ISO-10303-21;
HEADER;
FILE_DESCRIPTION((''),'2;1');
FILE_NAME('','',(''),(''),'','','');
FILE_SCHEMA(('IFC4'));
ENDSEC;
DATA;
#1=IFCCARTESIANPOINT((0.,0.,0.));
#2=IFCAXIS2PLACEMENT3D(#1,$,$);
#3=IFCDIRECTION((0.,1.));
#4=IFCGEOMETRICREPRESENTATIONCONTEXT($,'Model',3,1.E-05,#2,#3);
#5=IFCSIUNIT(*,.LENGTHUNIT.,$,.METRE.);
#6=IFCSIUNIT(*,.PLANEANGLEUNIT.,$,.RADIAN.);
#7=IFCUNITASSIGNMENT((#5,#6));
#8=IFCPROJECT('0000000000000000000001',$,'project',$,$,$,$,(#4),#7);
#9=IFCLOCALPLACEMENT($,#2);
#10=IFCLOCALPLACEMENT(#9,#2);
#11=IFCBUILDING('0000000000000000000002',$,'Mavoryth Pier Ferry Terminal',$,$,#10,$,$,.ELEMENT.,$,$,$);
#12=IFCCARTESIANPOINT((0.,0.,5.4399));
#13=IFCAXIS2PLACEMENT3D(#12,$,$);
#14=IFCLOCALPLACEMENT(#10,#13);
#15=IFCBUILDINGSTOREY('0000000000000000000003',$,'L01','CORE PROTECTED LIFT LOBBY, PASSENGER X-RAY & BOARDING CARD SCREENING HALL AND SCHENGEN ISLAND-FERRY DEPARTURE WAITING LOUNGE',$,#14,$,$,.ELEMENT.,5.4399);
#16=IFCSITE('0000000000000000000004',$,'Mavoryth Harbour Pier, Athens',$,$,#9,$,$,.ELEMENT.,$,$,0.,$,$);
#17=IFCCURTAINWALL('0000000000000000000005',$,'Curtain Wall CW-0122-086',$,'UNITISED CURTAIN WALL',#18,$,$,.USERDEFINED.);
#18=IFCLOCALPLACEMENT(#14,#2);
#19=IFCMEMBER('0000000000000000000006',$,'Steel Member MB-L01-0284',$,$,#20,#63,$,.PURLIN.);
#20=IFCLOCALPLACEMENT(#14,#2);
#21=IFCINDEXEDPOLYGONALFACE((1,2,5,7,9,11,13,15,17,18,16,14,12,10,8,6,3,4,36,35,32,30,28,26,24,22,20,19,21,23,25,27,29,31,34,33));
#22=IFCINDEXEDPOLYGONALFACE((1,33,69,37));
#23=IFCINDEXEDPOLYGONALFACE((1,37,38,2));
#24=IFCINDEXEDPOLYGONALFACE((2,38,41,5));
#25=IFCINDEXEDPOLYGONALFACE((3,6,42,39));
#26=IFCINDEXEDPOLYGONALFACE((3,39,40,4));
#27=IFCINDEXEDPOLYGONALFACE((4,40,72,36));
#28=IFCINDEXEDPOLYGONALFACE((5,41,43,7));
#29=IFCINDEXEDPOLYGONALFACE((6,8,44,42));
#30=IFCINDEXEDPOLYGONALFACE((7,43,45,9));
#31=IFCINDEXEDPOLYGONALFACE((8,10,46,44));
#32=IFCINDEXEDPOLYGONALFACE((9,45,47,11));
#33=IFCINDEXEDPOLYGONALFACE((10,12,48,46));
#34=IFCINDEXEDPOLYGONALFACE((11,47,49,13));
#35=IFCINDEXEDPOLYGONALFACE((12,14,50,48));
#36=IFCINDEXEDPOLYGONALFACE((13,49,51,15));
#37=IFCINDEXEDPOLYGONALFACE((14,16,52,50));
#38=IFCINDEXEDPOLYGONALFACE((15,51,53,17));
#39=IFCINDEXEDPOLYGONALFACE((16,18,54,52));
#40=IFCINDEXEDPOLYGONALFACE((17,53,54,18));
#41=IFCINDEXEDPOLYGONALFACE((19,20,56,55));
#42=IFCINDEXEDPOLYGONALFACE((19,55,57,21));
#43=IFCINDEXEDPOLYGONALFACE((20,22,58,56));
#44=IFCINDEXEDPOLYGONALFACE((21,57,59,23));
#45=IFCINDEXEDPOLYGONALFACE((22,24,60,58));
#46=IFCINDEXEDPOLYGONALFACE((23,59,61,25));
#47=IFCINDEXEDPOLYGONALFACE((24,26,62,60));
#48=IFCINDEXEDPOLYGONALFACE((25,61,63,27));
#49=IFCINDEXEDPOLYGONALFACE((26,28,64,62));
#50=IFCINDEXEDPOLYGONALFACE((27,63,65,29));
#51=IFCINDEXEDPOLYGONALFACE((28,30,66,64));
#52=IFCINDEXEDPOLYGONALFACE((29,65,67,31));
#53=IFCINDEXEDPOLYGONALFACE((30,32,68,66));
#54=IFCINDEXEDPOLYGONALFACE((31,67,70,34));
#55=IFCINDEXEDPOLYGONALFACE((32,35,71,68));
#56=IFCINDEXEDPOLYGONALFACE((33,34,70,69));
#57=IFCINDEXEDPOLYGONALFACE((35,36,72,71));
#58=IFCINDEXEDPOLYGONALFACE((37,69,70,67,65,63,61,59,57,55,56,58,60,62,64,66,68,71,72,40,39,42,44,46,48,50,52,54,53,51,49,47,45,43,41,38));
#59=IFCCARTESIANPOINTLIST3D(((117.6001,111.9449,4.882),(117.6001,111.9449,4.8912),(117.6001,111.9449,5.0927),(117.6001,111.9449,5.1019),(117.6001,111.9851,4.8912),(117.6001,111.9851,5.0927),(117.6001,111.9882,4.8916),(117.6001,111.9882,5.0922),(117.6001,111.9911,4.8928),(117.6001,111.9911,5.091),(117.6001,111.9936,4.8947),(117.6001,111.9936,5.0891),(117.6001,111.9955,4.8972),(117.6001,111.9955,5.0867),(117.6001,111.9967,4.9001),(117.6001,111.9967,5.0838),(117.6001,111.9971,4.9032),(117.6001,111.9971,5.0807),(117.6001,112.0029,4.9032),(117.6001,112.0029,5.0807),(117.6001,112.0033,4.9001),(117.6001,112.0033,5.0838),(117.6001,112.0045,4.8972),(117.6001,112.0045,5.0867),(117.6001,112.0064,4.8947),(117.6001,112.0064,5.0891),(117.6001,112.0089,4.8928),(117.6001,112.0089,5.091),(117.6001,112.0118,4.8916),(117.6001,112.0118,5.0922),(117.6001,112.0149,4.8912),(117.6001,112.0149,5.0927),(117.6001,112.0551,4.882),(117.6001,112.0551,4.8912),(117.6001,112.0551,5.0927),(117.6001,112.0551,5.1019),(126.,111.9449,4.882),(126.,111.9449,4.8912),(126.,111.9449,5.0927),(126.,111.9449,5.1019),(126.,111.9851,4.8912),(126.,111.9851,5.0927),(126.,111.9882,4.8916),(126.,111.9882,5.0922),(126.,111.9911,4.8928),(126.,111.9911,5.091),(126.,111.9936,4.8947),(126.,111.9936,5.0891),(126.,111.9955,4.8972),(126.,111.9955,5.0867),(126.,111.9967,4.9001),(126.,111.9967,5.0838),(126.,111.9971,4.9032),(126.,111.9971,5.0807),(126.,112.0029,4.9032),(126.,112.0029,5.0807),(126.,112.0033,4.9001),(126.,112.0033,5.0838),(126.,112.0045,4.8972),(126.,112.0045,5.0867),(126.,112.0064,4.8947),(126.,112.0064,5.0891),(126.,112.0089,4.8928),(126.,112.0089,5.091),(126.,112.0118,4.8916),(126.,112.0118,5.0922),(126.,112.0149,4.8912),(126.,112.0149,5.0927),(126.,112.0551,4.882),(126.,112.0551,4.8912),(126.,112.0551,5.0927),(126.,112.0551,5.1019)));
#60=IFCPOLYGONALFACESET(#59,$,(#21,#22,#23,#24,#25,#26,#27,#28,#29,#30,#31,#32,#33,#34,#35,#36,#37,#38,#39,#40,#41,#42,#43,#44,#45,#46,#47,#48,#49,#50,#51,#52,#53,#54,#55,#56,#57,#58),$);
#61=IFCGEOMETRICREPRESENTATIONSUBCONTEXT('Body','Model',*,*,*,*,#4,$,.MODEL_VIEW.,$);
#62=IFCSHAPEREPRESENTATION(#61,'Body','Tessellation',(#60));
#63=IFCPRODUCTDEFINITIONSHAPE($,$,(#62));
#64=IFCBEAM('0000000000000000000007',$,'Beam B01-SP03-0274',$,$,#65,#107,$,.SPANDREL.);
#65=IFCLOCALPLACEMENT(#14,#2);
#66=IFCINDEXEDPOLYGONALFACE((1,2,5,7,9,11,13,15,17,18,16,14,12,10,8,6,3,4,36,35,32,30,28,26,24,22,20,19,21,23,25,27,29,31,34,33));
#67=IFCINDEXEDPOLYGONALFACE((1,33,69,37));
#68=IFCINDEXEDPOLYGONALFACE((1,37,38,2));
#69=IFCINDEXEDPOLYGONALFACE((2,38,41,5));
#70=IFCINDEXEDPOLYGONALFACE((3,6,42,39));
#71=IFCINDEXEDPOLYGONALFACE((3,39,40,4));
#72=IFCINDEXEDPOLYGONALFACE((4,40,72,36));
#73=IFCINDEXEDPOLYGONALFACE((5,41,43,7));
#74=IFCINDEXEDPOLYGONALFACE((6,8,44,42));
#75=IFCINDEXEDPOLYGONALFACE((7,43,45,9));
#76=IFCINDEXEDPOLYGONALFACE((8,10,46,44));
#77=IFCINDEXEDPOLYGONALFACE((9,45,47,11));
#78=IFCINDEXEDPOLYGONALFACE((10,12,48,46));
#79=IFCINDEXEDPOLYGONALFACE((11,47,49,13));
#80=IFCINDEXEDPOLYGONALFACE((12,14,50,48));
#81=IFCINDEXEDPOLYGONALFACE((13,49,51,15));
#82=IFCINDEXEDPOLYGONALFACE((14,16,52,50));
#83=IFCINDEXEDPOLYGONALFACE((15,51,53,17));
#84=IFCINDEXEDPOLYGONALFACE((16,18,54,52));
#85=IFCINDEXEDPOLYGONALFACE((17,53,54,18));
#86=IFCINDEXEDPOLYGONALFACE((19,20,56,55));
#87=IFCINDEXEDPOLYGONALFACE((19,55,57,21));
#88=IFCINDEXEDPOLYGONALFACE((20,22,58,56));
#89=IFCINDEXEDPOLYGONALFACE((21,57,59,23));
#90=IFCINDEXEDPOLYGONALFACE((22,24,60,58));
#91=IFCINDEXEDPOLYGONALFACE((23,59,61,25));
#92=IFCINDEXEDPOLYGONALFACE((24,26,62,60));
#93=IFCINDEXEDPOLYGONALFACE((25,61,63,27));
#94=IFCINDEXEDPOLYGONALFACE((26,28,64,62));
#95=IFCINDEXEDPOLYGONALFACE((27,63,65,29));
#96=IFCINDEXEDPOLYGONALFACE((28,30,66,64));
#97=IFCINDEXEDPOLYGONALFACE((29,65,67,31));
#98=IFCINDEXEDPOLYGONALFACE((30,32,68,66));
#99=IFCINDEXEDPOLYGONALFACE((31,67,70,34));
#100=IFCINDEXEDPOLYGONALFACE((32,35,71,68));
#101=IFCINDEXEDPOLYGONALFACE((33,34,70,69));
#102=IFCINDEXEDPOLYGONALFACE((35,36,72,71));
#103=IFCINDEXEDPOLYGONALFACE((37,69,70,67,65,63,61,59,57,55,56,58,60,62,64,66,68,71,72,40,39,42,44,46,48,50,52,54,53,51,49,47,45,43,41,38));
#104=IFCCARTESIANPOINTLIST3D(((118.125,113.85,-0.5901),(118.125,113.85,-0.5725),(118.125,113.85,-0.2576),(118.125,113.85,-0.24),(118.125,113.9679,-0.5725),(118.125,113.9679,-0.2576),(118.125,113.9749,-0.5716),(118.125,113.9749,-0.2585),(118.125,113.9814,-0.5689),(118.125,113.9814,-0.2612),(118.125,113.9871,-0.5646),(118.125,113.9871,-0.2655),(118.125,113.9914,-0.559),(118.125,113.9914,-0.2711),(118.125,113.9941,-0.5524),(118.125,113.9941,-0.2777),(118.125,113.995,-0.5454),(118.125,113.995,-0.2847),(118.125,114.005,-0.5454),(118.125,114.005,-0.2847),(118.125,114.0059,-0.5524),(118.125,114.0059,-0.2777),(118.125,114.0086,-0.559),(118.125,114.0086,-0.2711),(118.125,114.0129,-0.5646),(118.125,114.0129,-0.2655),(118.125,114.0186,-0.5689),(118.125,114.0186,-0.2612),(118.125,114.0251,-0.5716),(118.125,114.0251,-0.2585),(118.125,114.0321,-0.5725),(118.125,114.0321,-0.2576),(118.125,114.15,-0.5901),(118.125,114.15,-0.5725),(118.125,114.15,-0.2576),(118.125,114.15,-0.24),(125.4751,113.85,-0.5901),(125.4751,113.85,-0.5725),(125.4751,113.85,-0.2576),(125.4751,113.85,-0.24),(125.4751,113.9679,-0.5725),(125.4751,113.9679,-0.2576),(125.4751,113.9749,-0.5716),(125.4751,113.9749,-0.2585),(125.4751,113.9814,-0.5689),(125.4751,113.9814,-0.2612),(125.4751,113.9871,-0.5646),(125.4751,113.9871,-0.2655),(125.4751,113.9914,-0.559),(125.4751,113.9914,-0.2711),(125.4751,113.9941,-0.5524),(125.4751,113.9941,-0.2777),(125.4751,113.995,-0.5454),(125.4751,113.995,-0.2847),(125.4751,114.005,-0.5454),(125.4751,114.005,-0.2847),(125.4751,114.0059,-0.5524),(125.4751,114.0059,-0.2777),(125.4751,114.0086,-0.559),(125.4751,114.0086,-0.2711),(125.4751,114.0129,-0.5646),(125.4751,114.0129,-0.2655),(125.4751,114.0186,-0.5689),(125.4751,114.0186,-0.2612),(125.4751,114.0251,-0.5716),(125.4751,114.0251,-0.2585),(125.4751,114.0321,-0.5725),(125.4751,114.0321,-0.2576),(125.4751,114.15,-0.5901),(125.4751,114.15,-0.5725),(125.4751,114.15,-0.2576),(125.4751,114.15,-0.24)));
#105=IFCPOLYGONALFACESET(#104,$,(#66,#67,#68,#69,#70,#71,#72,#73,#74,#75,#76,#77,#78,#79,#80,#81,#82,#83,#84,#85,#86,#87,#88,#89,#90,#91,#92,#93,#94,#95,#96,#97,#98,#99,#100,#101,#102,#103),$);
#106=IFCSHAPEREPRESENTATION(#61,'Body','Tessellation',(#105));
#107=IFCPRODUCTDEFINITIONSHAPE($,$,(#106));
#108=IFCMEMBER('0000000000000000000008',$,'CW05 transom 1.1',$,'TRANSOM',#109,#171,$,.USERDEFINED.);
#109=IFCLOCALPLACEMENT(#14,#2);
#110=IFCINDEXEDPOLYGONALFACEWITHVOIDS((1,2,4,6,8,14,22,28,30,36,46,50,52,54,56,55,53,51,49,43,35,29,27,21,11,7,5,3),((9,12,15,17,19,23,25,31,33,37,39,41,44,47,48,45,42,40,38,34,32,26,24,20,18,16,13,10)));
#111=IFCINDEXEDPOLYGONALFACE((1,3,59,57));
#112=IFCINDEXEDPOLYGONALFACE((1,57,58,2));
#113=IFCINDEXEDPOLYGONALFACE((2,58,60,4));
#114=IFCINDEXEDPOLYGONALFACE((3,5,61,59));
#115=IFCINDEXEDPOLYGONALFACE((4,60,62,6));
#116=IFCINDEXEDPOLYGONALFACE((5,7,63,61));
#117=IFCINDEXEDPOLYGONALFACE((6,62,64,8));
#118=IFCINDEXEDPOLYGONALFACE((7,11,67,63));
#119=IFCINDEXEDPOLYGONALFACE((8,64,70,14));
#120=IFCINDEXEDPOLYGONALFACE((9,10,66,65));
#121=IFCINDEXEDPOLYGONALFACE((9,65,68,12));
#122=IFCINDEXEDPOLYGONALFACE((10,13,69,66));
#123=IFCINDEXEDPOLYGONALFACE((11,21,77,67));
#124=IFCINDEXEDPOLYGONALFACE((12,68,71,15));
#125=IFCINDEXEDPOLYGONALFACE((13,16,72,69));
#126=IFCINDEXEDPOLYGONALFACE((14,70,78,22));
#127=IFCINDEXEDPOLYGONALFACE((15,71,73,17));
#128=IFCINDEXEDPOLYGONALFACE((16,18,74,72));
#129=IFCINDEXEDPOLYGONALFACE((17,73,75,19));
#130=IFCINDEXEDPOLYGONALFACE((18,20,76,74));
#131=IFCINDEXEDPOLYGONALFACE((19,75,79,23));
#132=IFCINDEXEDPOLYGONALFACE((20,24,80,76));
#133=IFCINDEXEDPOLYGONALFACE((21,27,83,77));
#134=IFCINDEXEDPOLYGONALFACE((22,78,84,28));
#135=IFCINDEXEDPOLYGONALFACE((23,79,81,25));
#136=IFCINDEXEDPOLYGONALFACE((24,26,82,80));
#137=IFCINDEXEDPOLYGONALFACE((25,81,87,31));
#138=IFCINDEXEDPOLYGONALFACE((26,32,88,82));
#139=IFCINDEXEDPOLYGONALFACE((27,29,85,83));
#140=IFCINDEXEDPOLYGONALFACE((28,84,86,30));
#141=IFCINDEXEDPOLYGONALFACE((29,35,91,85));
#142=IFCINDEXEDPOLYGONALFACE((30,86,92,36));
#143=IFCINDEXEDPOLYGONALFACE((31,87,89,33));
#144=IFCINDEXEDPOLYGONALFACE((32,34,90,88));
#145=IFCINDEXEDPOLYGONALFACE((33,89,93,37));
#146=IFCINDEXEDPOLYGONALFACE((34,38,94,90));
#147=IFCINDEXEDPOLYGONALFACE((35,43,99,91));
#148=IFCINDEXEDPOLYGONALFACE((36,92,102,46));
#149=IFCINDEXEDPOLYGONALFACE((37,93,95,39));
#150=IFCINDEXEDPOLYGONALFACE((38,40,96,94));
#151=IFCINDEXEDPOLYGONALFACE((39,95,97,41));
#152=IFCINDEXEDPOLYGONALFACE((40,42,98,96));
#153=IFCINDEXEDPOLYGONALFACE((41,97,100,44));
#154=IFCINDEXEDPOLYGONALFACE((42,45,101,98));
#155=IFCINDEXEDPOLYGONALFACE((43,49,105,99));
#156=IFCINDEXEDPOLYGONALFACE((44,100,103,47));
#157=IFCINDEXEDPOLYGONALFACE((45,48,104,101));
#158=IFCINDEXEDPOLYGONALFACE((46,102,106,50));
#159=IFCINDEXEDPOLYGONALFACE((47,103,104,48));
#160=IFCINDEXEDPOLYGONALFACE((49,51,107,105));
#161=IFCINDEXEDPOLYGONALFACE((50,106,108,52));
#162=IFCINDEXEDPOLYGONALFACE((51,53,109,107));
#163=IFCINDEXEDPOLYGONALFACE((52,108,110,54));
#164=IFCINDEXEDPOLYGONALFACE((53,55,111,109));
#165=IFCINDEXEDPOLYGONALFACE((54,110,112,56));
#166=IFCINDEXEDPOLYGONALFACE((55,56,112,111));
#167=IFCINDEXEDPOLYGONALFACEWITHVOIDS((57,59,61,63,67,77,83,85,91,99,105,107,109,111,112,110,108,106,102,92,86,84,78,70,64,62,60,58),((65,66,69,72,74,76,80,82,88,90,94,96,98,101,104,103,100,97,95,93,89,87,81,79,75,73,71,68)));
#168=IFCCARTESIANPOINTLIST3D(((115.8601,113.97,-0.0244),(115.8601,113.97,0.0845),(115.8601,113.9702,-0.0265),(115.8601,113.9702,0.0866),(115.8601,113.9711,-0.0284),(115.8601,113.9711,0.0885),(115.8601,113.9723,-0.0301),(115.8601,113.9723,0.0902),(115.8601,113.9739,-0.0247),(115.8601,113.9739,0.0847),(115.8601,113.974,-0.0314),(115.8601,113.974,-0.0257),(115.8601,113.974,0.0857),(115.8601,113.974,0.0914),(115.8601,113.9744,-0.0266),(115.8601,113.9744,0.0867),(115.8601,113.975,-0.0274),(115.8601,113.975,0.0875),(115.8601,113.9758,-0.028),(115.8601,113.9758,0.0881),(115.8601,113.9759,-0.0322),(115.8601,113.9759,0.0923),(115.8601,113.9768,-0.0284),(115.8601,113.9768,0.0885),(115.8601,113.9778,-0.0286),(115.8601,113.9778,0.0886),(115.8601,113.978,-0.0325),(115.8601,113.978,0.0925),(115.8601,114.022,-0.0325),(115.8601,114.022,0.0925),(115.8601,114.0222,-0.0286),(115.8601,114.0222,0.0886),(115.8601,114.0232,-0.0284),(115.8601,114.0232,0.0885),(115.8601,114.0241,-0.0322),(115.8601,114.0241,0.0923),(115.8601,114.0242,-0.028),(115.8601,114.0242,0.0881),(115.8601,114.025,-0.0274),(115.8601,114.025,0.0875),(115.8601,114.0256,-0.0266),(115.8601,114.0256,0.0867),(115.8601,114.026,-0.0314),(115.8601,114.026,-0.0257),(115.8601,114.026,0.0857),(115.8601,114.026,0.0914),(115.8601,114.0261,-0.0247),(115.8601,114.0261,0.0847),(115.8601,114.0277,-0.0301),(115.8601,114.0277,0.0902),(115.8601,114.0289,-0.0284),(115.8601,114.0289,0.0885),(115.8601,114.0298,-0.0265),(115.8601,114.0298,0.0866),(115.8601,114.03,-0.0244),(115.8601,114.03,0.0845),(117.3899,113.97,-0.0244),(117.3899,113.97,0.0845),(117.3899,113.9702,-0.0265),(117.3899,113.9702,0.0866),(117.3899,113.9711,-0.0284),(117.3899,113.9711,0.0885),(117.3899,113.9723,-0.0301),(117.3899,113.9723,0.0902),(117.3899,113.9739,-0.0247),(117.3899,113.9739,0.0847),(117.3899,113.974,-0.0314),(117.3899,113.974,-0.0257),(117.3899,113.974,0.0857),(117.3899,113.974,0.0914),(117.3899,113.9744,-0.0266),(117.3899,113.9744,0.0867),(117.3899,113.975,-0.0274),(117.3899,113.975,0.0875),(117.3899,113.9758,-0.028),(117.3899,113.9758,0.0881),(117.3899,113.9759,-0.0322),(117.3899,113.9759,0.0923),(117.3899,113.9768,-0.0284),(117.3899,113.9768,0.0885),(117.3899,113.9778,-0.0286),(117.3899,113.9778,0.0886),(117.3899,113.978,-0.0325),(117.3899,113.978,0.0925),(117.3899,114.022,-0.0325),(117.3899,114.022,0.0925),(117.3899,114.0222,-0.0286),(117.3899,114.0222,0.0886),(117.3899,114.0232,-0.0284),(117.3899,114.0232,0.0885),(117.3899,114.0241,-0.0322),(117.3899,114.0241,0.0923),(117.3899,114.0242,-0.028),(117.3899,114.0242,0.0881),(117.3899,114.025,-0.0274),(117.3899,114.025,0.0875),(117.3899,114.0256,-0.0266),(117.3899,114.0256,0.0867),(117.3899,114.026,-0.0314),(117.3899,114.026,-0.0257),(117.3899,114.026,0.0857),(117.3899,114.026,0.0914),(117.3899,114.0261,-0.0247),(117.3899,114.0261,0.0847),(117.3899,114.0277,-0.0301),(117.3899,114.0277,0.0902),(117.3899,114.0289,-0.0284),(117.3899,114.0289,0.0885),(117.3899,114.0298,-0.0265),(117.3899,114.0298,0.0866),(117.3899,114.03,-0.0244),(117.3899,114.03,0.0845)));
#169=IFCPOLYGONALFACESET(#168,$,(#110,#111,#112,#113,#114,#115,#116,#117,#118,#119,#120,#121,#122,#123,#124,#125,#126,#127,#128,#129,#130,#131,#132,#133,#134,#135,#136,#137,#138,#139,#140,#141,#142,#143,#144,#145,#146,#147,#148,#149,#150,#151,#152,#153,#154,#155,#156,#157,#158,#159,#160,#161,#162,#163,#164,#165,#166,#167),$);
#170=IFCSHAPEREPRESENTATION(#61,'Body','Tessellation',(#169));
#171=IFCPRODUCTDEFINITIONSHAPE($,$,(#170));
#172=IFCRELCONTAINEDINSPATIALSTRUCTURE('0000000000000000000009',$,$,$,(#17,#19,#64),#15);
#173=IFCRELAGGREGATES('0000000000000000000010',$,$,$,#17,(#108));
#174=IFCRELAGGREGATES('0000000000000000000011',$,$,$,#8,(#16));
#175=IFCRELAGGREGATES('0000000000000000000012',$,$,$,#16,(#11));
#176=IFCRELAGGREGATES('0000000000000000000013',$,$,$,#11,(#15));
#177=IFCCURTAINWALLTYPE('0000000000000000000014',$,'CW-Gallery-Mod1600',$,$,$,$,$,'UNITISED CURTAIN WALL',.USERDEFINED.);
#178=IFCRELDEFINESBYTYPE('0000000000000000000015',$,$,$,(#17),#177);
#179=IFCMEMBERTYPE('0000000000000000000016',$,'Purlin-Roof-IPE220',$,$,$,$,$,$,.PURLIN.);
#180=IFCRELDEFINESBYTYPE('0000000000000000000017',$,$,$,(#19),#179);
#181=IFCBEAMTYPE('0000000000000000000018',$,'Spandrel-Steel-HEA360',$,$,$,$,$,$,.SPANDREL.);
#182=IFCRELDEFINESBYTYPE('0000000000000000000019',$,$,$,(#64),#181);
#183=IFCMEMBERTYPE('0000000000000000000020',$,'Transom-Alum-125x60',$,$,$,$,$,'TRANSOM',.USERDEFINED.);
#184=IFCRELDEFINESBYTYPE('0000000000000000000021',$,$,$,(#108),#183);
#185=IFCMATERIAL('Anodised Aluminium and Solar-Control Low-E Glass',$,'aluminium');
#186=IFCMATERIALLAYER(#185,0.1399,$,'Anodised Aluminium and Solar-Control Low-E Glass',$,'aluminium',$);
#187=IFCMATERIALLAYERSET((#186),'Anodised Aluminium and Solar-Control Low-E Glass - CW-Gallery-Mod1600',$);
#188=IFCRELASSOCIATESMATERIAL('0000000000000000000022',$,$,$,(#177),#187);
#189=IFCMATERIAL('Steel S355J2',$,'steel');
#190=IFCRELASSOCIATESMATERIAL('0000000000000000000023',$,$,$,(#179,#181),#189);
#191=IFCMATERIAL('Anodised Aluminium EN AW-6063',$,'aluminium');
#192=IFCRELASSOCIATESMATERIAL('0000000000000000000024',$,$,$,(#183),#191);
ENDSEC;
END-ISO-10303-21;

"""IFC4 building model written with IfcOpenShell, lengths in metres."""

from ifc_helpers import new_model, si_unit, direction, frame, origin, origin_2d, place, context, subcontext, project, spatial, hollow_rectangle, i_section, extrude, material, layer, layer_set, material_profile, profile_set, type_object, element, aggregate, save


model = new_model("IFC4")

# Units and contexts
model_context = context("Model", 3, precision=1e-05, world=origin(), true_north=direction((0.0, 1.0)))
body_context = subcontext(model_context, "Body", "Model", "MODEL_VIEW")
ifc_project = project(units=[si_unit("LENGTHUNIT", "METRE"), si_unit("PLANEANGLEUNIT", "RADIAN")], contexts=[model_context])

# Site, building, storey
site_placement = place(None, origin())
site = spatial("IfcSite", under=ifc_project, at=site_placement, Name="Mavoryth Harbour Pier, Athens", CompositionType="ELEMENT", RefElevation=0.0)
building_placement = place(site_placement, origin())
building = spatial("IfcBuilding", under=site, at=building_placement, Name="Mavoryth Pier Ferry Terminal", CompositionType="ELEMENT")
storey_placement = place(building_placement, frame((0.0, 0.0, 5.4399)))
storey = spatial("IfcBuildingStorey", under=building, at=storey_placement, Name="L01", Description="CORE PROTECTED LIFT LOBBY, PASSENGER X-RAY & BOARDING CARD SCREENING HALL AND SCHENGEN ISLAND-FERRY DEPARTURE WAITING LOUNGE", CompositionType="ELEMENT", Elevation=5.4399)

# Shared definitions
ifc_material_1 = material(Name="Steel S355J2", Category="steel")

# Curtain wall
ifc_material_2 = material(Name="Anodised Aluminium and Solar-Control Low-E Glass", Category="aluminium")
ifc_layer_1 = layer(ifc_material_2, 0.1399, Name="Anodised Aluminium and Solar-Control Low-E Glass", Category="aluminium")
ifc_layer_set_1 = layer_set([ifc_layer_1], Name="Anodised Aluminium and Solar-Control Low-E Glass - CW-Gallery-Mod1600")
curtain_wall_type = type_object("IfcCurtainWallType", Name="CW-Gallery-Mod1600", ElementType="UNITISED CURTAIN WALL", PredefinedType="USERDEFINED", material=ifc_layer_set_1)
curtain_wall_1_placement = place(storey_placement, origin())
curtain_wall_1 = element("IfcCurtainWall", 1, at=curtain_wall_1_placement, inside=storey, type_object=curtain_wall_type, Name="Curtain Wall CW-0122-086", ObjectType="UNITISED CURTAIN WALL", PredefinedType="USERDEFINED")
ifc_material_3 = material(Name="Anodised Aluminium EN AW-6063", Category="aluminium")

# Member
ifc_material_profile_1 = material_profile(ifc_material_1, i_section(OverallWidth=0.1101, OverallDepth=0.22, WebThickness=0.0059, FlangeThickness=0.0093, FilletRadius=0.012, at=origin_2d()), Name="IPE 220", Category="steel")
ifc_profile_set_1 = profile_set([ifc_material_profile_1], Name="Steel S355J2 - IPE 220")
member_type_1 = type_object("IfcMemberType", Name="Purlin-Roof-IPE220", PredefinedType="PURLIN", material=ifc_profile_set_1)
for number, where, z_axis, x_axis, name in (
    (2, (117.6001, 112.0, 4.9919), (1.0, 0.0, 0.0), (0.0, 1.0, 0.0), "Steel Member MB-L01-0284"),
):
    element("IfcMember", number, at=place(storey_placement, frame(where, z_axis=z_axis, x_axis=x_axis)), inside=storey, type_object=member_type_1, Name=name, PredefinedType="PURLIN", context=body_context, shape_type="SweptSolid", body=[
        extrude(i_section(OverallWidth=0.1101, OverallDepth=0.22, WebThickness=0.0059, FlangeThickness=0.0093, FilletRadius=0.012, at=origin_2d()), origin(), (0.0, 0.0, 1.0), 8.3999),
    ])

# Beam
ifc_material_profile_2 = material_profile(ifc_material_1, i_section(OverallWidth=0.3, OverallDepth=0.3501, WebThickness=0.01, FlangeThickness=0.0176, FilletRadius=0.0271, at=origin_2d()), Name="HEA 360", Category="steel")
ifc_profile_set_2 = profile_set([ifc_material_profile_2], Name="Steel S355J2 - HEA 360")
beam_type_1 = type_object("IfcBeamType", Name="Spandrel-Steel-HEA360", PredefinedType="SPANDREL", material=ifc_profile_set_2)
beam_1_placement = place(storey_placement, frame((118.125, 114.0, -0.415), z_axis=(1.0, 0.0, 0.0), x_axis=(0.0, 1.0, 0.0)))
element("IfcBeam", 3, at=beam_1_placement, inside=storey, type_object=beam_type_1, Name="Beam B01-SP03-0274", PredefinedType="SPANDREL", context=body_context, shape_type="SweptSolid", body=[
    extrude(i_section(OverallWidth=0.3, OverallDepth=0.3501, WebThickness=0.01, FlangeThickness=0.0176, FilletRadius=0.0271, at=origin_2d()), origin(), (0.0, 0.0, 1.0), 7.3501),
])

# Member
ifc_material_profile_3 = material_profile(ifc_material_3, hollow_rectangle(XDim=0.0601, YDim=0.125, WallThickness=0.0039, InnerFilletRadius=0.0039, OuterFilletRadius=0.0081, at=origin_2d()), Name="AL-TRAN 125x60x4", Category="aluminium")
ifc_profile_set_3 = profile_set([ifc_material_profile_3], Name="Anodised Aluminium EN AW-6063 - AL-TRAN 125x60x4")
member_type_2 = type_object("IfcMemberType", Name="Transom-Alum-125x60", ElementType="TRANSOM", PredefinedType="USERDEFINED", material=ifc_profile_set_3)
member_1_placement = place(storey_placement, frame((117.3899, 114.0, 0.03), z_axis=(-1.0, 0.0, 0.0), x_axis=(0.0, -1.0, 0.0)))
member_1 = element("IfcMember", 4, at=member_1_placement, type_object=member_type_2, Name="CW05 transom 1.1", ObjectType="TRANSOM", PredefinedType="USERDEFINED", context=body_context, shape_type="SweptSolid", body=[
    extrude(hollow_rectangle(XDim=0.0601, YDim=0.125, WallThickness=0.0039, InnerFilletRadius=0.0039, OuterFilletRadius=0.0081, at=origin_2d()), origin(), (0.0, 0.0, 1.0), 1.5298),
])

aggregate(curtain_wall_1, [member_1])

save(model, "model.ifc")
